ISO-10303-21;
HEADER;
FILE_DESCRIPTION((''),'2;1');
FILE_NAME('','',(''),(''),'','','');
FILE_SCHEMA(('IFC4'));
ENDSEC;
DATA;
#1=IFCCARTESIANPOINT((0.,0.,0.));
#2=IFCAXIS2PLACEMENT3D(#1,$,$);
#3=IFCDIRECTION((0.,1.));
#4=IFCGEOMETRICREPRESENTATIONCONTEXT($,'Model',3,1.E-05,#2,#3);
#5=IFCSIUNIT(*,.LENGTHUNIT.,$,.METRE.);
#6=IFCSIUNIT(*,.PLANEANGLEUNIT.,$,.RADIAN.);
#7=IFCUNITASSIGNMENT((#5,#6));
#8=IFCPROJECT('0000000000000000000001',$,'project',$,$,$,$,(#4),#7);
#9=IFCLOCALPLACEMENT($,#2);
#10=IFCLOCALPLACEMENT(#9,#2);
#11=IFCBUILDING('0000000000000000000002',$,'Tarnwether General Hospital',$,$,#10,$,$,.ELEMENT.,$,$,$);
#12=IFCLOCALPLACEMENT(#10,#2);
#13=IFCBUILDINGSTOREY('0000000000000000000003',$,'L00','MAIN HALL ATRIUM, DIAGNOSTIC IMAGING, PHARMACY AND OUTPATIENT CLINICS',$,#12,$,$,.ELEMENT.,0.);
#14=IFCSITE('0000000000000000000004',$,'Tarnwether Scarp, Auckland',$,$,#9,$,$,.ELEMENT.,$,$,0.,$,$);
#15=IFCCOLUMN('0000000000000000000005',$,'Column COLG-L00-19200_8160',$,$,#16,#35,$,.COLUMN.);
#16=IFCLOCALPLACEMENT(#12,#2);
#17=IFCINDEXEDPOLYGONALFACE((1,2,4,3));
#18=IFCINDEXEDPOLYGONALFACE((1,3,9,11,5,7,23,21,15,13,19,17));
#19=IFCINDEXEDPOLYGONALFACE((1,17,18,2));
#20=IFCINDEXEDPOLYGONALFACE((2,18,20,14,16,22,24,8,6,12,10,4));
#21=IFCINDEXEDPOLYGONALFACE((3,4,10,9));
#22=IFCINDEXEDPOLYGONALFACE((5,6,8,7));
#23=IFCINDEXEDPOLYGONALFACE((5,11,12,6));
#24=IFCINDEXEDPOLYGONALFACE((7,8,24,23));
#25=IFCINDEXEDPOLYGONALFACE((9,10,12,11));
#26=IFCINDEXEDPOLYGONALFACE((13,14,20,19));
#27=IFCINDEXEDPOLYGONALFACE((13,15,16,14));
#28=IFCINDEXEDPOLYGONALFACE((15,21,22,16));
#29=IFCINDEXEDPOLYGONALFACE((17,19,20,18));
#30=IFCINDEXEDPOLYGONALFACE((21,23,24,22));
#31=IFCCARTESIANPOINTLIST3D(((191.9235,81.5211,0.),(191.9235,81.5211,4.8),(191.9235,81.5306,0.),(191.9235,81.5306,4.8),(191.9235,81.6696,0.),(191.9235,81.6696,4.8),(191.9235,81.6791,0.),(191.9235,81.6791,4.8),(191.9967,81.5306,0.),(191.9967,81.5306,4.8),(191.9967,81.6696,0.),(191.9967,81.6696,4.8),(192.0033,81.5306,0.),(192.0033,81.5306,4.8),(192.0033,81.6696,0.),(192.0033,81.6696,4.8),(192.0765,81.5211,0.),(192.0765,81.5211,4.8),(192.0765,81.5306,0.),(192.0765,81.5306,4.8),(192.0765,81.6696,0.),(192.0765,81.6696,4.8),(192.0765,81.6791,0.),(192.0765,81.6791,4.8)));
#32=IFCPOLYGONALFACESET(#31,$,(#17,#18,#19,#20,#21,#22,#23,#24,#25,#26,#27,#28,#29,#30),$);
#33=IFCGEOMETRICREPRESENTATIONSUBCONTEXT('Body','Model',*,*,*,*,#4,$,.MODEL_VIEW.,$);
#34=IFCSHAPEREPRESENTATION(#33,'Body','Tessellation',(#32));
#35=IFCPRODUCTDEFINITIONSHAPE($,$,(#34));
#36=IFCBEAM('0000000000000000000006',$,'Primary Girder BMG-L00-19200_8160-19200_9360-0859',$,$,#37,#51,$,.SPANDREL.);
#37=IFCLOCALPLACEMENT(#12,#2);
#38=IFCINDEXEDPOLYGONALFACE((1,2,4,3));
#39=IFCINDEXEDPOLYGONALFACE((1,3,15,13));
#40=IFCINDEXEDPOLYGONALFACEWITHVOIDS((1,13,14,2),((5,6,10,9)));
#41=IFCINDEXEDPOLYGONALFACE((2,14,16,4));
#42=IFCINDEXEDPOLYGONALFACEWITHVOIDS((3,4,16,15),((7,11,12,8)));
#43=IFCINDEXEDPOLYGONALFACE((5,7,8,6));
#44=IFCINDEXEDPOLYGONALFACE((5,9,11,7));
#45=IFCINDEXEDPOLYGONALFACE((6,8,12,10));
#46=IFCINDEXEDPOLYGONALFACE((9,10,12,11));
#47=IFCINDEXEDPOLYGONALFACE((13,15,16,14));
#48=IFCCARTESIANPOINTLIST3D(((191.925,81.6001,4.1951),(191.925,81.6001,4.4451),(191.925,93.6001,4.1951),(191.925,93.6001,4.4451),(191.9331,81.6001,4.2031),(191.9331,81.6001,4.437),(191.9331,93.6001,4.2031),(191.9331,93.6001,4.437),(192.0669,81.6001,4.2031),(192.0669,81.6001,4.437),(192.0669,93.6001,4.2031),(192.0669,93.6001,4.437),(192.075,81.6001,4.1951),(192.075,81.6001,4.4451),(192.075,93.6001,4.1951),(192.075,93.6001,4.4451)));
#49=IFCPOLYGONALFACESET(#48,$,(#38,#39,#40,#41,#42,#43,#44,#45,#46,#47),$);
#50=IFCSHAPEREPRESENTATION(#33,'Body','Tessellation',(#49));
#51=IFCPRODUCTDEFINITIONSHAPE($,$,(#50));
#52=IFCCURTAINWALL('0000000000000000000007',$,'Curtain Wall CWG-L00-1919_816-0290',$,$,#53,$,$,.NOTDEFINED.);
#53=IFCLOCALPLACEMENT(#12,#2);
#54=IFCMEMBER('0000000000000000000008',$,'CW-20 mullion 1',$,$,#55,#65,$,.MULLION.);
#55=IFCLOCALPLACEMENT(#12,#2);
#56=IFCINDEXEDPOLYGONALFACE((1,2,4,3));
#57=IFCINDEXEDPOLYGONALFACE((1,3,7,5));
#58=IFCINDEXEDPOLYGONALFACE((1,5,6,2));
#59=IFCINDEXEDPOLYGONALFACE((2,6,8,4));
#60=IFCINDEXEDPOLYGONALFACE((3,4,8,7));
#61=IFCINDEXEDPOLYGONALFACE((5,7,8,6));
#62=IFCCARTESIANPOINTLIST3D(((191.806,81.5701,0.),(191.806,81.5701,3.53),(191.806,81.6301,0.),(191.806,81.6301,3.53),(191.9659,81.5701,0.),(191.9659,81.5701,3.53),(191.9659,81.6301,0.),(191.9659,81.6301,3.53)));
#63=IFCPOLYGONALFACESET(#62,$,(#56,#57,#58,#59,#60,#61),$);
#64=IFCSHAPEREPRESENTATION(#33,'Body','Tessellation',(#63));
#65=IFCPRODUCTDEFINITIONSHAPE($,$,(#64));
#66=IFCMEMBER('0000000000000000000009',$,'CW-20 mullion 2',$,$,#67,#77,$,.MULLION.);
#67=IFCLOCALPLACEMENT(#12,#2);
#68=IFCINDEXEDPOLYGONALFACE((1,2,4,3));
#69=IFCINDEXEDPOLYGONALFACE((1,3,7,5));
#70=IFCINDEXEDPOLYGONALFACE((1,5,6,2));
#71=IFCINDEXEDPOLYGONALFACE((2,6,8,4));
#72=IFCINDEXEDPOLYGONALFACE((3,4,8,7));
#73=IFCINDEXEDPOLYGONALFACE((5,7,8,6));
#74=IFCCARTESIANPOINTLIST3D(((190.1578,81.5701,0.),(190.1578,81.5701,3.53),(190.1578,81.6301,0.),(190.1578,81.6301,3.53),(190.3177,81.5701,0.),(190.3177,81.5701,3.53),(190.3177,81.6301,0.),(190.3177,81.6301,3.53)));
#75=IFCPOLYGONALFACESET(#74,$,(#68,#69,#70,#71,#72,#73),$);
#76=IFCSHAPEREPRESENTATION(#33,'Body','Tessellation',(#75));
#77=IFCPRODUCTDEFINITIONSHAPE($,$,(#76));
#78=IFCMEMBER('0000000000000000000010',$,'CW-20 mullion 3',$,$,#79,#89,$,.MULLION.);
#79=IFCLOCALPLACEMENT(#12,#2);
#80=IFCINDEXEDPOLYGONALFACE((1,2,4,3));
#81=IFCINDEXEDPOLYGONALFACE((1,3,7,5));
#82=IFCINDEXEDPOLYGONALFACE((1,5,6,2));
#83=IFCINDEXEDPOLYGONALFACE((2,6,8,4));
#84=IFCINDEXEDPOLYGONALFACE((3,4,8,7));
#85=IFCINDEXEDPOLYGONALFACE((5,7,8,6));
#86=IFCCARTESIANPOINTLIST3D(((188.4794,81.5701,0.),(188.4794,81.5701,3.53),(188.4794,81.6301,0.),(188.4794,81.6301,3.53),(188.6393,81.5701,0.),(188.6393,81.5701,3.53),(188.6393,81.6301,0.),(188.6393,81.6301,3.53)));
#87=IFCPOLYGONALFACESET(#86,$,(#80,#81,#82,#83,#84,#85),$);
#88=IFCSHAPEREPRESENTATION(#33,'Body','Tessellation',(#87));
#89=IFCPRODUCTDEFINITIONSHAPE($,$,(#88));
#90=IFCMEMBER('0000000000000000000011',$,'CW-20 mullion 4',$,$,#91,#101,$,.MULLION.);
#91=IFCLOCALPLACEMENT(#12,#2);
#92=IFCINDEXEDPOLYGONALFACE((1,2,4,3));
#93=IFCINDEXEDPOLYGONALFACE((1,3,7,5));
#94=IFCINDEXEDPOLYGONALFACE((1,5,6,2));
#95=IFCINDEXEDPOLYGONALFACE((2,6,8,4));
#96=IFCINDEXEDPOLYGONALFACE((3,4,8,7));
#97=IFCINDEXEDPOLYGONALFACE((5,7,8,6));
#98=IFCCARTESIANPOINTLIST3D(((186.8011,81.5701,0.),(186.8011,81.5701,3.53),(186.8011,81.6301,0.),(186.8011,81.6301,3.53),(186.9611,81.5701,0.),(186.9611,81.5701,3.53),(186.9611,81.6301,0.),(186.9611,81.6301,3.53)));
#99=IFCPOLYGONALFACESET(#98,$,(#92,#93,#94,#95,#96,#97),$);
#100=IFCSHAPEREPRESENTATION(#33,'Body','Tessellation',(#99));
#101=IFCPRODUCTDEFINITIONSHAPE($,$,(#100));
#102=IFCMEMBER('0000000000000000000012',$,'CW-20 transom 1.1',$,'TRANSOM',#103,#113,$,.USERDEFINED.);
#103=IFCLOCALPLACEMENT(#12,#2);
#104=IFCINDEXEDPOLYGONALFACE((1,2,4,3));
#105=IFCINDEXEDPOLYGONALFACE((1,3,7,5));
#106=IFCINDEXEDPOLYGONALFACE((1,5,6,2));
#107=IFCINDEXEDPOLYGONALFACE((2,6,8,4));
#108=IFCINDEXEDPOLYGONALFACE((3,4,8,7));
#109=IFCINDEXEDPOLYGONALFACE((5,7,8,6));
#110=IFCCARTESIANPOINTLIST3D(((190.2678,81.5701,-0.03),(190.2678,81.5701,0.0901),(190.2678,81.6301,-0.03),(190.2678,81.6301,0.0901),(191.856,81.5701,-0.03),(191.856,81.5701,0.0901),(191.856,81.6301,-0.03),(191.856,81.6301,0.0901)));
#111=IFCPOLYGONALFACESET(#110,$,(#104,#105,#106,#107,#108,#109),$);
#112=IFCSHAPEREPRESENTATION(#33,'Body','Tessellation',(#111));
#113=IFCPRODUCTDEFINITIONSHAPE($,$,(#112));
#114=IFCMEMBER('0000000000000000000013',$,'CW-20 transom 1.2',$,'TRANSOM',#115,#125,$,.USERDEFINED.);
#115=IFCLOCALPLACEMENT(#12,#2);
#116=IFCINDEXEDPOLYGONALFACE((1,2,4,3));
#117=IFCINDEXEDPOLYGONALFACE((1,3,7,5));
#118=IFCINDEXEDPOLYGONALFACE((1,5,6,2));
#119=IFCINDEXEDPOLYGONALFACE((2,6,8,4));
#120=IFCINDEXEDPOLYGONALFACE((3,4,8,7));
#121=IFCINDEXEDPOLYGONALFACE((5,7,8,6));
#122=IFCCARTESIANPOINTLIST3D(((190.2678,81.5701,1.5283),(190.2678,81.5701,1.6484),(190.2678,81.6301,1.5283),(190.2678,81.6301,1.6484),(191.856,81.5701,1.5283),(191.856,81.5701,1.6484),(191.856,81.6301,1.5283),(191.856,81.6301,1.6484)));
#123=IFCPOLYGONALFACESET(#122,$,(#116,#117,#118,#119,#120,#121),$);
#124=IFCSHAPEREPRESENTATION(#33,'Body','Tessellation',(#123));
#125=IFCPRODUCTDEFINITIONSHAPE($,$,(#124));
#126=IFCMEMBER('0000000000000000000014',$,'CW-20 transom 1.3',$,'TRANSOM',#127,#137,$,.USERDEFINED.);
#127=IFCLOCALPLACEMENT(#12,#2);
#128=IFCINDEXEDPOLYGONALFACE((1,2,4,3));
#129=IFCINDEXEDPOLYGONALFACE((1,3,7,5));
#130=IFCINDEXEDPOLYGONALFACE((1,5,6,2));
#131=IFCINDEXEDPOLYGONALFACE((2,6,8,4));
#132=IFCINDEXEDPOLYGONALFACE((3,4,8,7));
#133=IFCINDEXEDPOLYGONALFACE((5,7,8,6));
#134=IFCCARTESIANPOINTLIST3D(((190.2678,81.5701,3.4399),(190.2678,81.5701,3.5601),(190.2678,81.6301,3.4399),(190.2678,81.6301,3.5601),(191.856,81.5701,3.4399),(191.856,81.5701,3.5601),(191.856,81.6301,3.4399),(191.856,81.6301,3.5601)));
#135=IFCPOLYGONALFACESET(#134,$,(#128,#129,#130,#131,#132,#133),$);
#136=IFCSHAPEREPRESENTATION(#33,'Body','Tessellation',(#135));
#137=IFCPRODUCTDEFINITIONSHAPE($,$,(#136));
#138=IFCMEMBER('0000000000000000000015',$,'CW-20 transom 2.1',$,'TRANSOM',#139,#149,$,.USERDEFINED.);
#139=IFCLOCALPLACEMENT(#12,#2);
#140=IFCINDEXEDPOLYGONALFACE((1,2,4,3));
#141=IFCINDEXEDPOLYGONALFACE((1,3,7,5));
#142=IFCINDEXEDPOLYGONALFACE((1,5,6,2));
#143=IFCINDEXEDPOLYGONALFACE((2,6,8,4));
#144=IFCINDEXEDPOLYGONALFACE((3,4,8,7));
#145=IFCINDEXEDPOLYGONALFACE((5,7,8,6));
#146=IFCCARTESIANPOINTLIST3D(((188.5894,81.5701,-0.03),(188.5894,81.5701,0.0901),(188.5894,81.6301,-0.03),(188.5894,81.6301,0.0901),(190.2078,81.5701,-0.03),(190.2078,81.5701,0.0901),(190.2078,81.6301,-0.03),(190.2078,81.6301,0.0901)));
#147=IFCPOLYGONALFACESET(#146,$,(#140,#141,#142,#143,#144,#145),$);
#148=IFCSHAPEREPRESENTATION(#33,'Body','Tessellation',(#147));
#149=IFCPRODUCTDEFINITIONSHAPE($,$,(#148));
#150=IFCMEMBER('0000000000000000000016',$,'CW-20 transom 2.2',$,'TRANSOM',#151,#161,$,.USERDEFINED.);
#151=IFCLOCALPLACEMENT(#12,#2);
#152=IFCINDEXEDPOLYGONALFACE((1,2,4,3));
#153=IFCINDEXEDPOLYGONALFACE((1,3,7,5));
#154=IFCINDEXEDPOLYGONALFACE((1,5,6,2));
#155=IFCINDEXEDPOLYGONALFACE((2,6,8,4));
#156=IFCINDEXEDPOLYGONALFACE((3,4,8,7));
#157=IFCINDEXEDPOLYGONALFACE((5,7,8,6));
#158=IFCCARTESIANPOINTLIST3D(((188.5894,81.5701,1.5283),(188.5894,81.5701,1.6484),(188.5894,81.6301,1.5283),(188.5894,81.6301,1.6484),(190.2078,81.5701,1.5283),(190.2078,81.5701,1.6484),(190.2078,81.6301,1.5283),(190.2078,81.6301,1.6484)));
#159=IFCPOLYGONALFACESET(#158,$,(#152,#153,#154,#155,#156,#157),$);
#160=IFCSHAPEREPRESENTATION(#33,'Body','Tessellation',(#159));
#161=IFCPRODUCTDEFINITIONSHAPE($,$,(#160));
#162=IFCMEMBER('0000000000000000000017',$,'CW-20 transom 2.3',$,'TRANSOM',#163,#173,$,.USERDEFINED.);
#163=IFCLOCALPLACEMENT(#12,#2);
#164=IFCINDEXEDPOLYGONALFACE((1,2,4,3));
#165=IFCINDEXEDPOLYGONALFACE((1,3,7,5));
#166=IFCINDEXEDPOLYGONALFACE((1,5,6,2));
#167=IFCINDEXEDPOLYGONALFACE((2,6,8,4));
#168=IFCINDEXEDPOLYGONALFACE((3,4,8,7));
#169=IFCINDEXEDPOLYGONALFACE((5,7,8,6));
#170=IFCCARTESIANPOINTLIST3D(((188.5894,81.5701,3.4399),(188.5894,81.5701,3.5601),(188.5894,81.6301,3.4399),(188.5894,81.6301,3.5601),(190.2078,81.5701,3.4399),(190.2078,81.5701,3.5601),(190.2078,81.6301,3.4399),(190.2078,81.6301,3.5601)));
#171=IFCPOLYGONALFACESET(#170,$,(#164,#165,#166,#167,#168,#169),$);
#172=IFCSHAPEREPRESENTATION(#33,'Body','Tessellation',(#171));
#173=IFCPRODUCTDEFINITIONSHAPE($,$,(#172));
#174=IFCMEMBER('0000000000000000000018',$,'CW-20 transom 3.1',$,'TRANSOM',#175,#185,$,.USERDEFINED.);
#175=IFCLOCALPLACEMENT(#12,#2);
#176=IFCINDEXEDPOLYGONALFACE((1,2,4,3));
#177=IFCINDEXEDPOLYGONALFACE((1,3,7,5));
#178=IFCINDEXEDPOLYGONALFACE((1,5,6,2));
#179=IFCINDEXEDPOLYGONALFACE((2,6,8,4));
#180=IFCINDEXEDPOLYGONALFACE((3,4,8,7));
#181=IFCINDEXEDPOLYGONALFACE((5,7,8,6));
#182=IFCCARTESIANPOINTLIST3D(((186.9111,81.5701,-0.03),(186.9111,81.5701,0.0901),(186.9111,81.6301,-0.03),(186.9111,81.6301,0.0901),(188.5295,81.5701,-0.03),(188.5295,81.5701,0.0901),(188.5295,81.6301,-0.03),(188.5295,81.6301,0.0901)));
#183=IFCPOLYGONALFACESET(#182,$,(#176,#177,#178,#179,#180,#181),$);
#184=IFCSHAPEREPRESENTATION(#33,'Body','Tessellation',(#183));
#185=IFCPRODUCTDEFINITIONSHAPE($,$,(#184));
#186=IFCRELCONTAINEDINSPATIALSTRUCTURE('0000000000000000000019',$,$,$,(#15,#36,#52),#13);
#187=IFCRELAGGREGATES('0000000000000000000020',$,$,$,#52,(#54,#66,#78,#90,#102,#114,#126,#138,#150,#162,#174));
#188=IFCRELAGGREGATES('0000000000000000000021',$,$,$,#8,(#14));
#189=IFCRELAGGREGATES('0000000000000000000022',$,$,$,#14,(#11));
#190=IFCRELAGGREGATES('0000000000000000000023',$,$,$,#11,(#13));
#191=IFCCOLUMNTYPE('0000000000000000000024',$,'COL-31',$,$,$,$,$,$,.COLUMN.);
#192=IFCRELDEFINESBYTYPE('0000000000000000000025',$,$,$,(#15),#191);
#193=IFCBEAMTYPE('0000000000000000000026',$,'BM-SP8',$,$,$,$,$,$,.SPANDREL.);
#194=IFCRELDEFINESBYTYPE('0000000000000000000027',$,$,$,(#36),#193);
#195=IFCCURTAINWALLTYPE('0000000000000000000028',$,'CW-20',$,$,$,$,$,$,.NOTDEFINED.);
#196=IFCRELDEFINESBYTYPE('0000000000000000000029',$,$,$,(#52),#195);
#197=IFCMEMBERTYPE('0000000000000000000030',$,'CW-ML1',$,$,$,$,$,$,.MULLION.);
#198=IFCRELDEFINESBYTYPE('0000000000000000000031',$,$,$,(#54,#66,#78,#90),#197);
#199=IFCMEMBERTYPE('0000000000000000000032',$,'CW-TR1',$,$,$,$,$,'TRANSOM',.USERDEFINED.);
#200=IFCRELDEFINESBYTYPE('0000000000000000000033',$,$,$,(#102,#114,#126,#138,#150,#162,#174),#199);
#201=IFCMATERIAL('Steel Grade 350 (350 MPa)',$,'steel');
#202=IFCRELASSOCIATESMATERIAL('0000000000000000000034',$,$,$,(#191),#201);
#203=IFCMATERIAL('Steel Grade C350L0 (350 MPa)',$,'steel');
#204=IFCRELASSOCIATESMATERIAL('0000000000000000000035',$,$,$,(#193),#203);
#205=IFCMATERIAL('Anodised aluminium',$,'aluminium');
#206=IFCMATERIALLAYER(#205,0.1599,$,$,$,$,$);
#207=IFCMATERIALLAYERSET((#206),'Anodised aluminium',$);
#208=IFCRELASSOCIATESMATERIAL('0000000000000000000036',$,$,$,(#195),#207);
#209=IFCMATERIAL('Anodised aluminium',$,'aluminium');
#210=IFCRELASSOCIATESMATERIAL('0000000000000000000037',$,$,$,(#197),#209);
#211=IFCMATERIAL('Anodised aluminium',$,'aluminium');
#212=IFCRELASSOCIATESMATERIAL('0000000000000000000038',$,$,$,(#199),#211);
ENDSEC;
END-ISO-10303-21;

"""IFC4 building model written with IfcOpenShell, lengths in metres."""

from ifc_helpers import new_model, si_unit, direction, frame, origin, origin_2d, place, context, subcontext, project, spatial, rectangle, hollow_rectangle, i_section, extrude, material, layer, layer_set, material_profile, profile_set, type_object, element, aggregate, save


model = new_model("IFC4")

# Units and contexts
model_context = context("Model", 3, precision=1e-05, world=origin(), true_north=direction((0.0, 1.0)))
body_context = subcontext(model_context, "Body", "Model", "MODEL_VIEW")
ifc_project = project(units=[si_unit("LENGTHUNIT", "METRE"), si_unit("PLANEANGLEUNIT", "RADIAN")], contexts=[model_context])

# Site, building, storey
site_placement = place(None, origin())
site = spatial("IfcSite", under=ifc_project, at=site_placement, Name="Tarnwether Scarp, Auckland", CompositionType="ELEMENT", RefElevation=0.0)
building_placement = place(site_placement, origin())
building = spatial("IfcBuilding", under=site, at=building_placement, Name="Tarnwether General Hospital", CompositionType="ELEMENT")
storey_placement = place(building_placement, origin())
storey = spatial("IfcBuildingStorey", under=building, at=storey_placement, Name="L00", Description="MAIN HALL ATRIUM, DIAGNOSTIC IMAGING, PHARMACY AND OUTPATIENT CLINICS", CompositionType="ELEMENT", Elevation=0.0)

# Column
ifc_material_1 = material(Name="Steel Grade 350 (350 MPa)", Category="steel")
ifc_material_profile_1 = material_profile(ifc_material_1, i_section(OverallWidth=0.1531, OverallDepth=0.158, WebThickness=0.0066, FlangeThickness=0.0095, at=origin_2d()), Name="150UC30.0")
ifc_profile_set_1 = profile_set([ifc_material_profile_1], Name="Steel Grade 350 (350 MPa)")
column_type = type_object("IfcColumnType", Name="COL-31", PredefinedType="COLUMN", material=ifc_profile_set_1)
column_placement = place(storey_placement, frame((192.0, 81.6001, 0.0), z_axis=(0.0, 0.0, 1.0), x_axis=(1.0, 0.0, 0.0)))
element("IfcColumn", 1, at=column_placement, inside=storey, type_object=column_type, Name="Column COLG-L00-19200_8160", PredefinedType="COLUMN", context=body_context, shape_type="SweptSolid", body=[
    extrude(i_section(OverallWidth=0.1531, OverallDepth=0.158, WebThickness=0.0066, FlangeThickness=0.0095, at=origin_2d()), origin(), (0.0, 0.0, 1.0), 4.8),
])

# Beam
ifc_material_2 = material(Name="Steel Grade C350L0 (350 MPa)", Category="steel")
ifc_material_profile_2 = material_profile(ifc_material_2, hollow_rectangle(XDim=0.1499, YDim=0.25, WallThickness=0.0081, at=origin_2d()), Name="RHS250x150x8")
ifc_profile_set_2 = profile_set([ifc_material_profile_2], Name="Steel Grade C350L0 (350 MPa)")
beam_type = type_object("IfcBeamType", Name="BM-SP8", PredefinedType="SPANDREL", material=ifc_profile_set_2)
beam_placement = place(storey_placement, frame((192.0, 81.6001, 4.3201), z_axis=(0.0, 1.0, 0.0), x_axis=(-1.0, 0.0, 0.0)))
element("IfcBeam", 2, at=beam_placement, inside=storey, type_object=beam_type, Name="Primary Girder BMG-L00-19200_8160-19200_9360-0859", PredefinedType="SPANDREL", context=body_context, shape_type="SweptSolid", body=[
    extrude(hollow_rectangle(XDim=0.1499, YDim=0.25, WallThickness=0.0081, at=origin_2d()), origin(), (0.0, 0.0, 1.0), 12.0),
])

# Curtain wall, members
ifc_material_3 = material(Name="Anodised aluminium", Category="aluminium")
ifc_layer_1 = layer(ifc_material_3, 0.1599)
ifc_layer_set_1 = layer_set([ifc_layer_1], Name="Anodised aluminium")
curtain_wall_type = type_object("IfcCurtainWallType", Name="CW-20", PredefinedType="NOTDEFINED", material=ifc_layer_set_1)
curtain_wall_placement = place(storey_placement, origin())
curtain_wall = element("IfcCurtainWall", 3, at=curtain_wall_placement, inside=storey, type_object=curtain_wall_type, Name="Curtain Wall CWG-L00-1919_816-0290", PredefinedType="NOTDEFINED")
ifc_material_4 = material(Name="Anodised aluminium", Category="aluminium")
ifc_material_profile_3 = material_profile(ifc_material_4, rectangle(XDim=0.0601, YDim=0.1599, at=origin_2d()), Name="ALU-MUL-60x160")
ifc_profile_set_3 = profile_set([ifc_material_profile_3], Name="Anodised aluminium")
member_type_1 = type_object("IfcMemberType", Name="CW-ML1", PredefinedType="MULLION", material=ifc_profile_set_3)
member_1_placement = place(storey_placement, frame((191.886, 81.6001, 0.0), z_axis=(0.0, 0.0, 1.0), x_axis=(0.0, -1.0, 0.0)))
member_1 = element("IfcMember", 4, at=member_1_placement, type_object=member_type_1, Name="CW-20 mullion 1", PredefinedType="MULLION", context=body_context, shape_type="SweptSolid", body=[
    extrude(rectangle(XDim=0.0601, YDim=0.1599, at=origin_2d()), origin(), (0.0, 0.0, 1.0), 3.53),
])
member_2_placement = place(storey_placement, frame((190.2378, 81.6001, 0.0), z_axis=(0.0, 0.0, 1.0), x_axis=(0.0, -1.0, 0.0)))
member_2 = element("IfcMember", 5, at=member_2_placement, type_object=member_type_1, Name="CW-20 mullion 2", PredefinedType="MULLION", context=body_context, shape_type="SweptSolid", body=[
    extrude(rectangle(XDim=0.0601, YDim=0.1599, at=origin_2d()), origin(), (0.0, 0.0, 1.0), 3.53),
])
member_3_placement = place(storey_placement, frame((188.5593, 81.6001, 0.0), z_axis=(0.0, 0.0, 1.0), x_axis=(0.0, -1.0, 0.0)))
member_3 = element("IfcMember", 6, at=member_3_placement, type_object=member_type_1, Name="CW-20 mullion 3", PredefinedType="MULLION", context=body_context, shape_type="SweptSolid", body=[
    extrude(rectangle(XDim=0.0601, YDim=0.1599, at=origin_2d()), origin(), (0.0, 0.0, 1.0), 3.53),
])
member_4_placement = place(storey_placement, frame((186.8811, 81.6001, 0.0), z_axis=(0.0, 0.0, 1.0), x_axis=(0.0, -1.0, 0.0)))
member_4 = element("IfcMember", 7, at=member_4_placement, type_object=member_type_1, Name="CW-20 mullion 4", PredefinedType="MULLION", context=body_context, shape_type="SweptSolid", body=[
    extrude(rectangle(XDim=0.0601, YDim=0.1599, at=origin_2d()), origin(), (0.0, 0.0, 1.0), 3.53),
])
ifc_material_5 = material(Name="Anodised aluminium", Category="aluminium")
ifc_material_profile_4 = material_profile(ifc_material_5, rectangle(XDim=0.0601, YDim=0.1201, at=origin_2d()), Name="ALU-TRN-60x120")
ifc_profile_set_4 = profile_set([ifc_material_profile_4], Name="Anodised aluminium")
member_type_2 = type_object("IfcMemberType", Name="CW-TR1", ElementType="TRANSOM", PredefinedType="USERDEFINED", material=ifc_profile_set_4)
member_5_placement = place(storey_placement, frame((191.856, 81.6001, 0.03), z_axis=(-1.0, 0.0, 0.0), x_axis=(0.0, -1.0, 0.0)))
member_5 = element("IfcMember", 8, at=member_5_placement, type_object=member_type_2, Name="CW-20 transom 1.1", ObjectType="TRANSOM", PredefinedType="USERDEFINED", context=body_context, shape_type="SweptSolid", body=[
    extrude(rectangle(XDim=0.0601, YDim=0.1201, at=origin_2d()), origin(), (0.0, 0.0, 1.0), 1.5881),
])
member_6_placement = place(storey_placement, frame((191.856, 81.6001, 1.5884), z_axis=(-1.0, 0.0, 0.0), x_axis=(0.0, -1.0, 0.0)))
member_6 = element("IfcMember", 9, at=member_6_placement, type_object=member_type_2, Name="CW-20 transom 1.2", ObjectType="TRANSOM", PredefinedType="USERDEFINED", context=body_context, shape_type="SweptSolid", body=[
    extrude(rectangle(XDim=0.0601, YDim=0.1201, at=origin_2d()), origin(), (0.0, 0.0, 1.0), 1.5881),
])
member_7_placement = place(storey_placement, frame((191.856, 81.6001, 3.5), z_axis=(-1.0, 0.0, 0.0), x_axis=(0.0, -1.0, 0.0)))
member_7 = element("IfcMember", 10, at=member_7_placement, type_object=member_type_2, Name="CW-20 transom 1.3", ObjectType="TRANSOM", PredefinedType="USERDEFINED", context=body_context, shape_type="SweptSolid", body=[
    extrude(rectangle(XDim=0.0601, YDim=0.1201, at=origin_2d()), origin(), (0.0, 0.0, 1.0), 1.5881),
])
member_8_placement = place(storey_placement, frame((190.2078, 81.6001, 0.03), z_axis=(-1.0, 0.0, 0.0), x_axis=(0.0, -1.0, 0.0)))
member_8 = element("IfcMember", 11, at=member_8_placement, type_object=member_type_2, Name="CW-20 transom 2.1", ObjectType="TRANSOM", PredefinedType="USERDEFINED", context=body_context, shape_type="SweptSolid", body=[
    extrude(rectangle(XDim=0.0601, YDim=0.1201, at=origin_2d()), origin(), (0.0, 0.0, 1.0), 1.6184),
])
member_9_placement = place(storey_placement, frame((190.2078, 81.6001, 1.5884), z_axis=(-1.0, 0.0, 0.0), x_axis=(0.0, -1.0, 0.0)))
member_9 = element("IfcMember", 12, at=member_9_placement, type_object=member_type_2, Name="CW-20 transom 2.2", ObjectType="TRANSOM", PredefinedType="USERDEFINED", context=body_context, shape_type="SweptSolid", body=[
    extrude(rectangle(XDim=0.0601, YDim=0.1201, at=origin_2d()), origin(), (0.0, 0.0, 1.0), 1.6184),
])
member_10_placement = place(storey_placement, frame((190.2078, 81.6001, 3.5), z_axis=(-1.0, 0.0, 0.0), x_axis=(0.0, -1.0, 0.0)))
member_10 = element("IfcMember", 13, at=member_10_placement, type_object=member_type_2, Name="CW-20 transom 2.3", ObjectType="TRANSOM", PredefinedType="USERDEFINED", context=body_context, shape_type="SweptSolid", body=[
    extrude(rectangle(XDim=0.0601, YDim=0.1201, at=origin_2d()), origin(), (0.0, 0.0, 1.0), 1.6184),
])
member_11_placement = place(storey_placement, frame((188.5295, 81.6001, 0.03), z_axis=(-1.0, 0.0, 0.0), x_axis=(0.0, -1.0, 0.0)))
member_11 = element("IfcMember", 14, at=member_11_placement, type_object=member_type_2, Name="CW-20 transom 3.1", ObjectType="TRANSOM", PredefinedType="USERDEFINED", context=body_context, shape_type="SweptSolid", body=[
    extrude(rectangle(XDim=0.0601, YDim=0.1201, at=origin_2d()), origin(), (0.0, 0.0, 1.0), 1.6184),
])
aggregate(curtain_wall, [member_1, member_2, member_3, member_4, member_5, member_6, member_7, member_8, member_9, member_10, member_11])

save(model, "model.ifc")
